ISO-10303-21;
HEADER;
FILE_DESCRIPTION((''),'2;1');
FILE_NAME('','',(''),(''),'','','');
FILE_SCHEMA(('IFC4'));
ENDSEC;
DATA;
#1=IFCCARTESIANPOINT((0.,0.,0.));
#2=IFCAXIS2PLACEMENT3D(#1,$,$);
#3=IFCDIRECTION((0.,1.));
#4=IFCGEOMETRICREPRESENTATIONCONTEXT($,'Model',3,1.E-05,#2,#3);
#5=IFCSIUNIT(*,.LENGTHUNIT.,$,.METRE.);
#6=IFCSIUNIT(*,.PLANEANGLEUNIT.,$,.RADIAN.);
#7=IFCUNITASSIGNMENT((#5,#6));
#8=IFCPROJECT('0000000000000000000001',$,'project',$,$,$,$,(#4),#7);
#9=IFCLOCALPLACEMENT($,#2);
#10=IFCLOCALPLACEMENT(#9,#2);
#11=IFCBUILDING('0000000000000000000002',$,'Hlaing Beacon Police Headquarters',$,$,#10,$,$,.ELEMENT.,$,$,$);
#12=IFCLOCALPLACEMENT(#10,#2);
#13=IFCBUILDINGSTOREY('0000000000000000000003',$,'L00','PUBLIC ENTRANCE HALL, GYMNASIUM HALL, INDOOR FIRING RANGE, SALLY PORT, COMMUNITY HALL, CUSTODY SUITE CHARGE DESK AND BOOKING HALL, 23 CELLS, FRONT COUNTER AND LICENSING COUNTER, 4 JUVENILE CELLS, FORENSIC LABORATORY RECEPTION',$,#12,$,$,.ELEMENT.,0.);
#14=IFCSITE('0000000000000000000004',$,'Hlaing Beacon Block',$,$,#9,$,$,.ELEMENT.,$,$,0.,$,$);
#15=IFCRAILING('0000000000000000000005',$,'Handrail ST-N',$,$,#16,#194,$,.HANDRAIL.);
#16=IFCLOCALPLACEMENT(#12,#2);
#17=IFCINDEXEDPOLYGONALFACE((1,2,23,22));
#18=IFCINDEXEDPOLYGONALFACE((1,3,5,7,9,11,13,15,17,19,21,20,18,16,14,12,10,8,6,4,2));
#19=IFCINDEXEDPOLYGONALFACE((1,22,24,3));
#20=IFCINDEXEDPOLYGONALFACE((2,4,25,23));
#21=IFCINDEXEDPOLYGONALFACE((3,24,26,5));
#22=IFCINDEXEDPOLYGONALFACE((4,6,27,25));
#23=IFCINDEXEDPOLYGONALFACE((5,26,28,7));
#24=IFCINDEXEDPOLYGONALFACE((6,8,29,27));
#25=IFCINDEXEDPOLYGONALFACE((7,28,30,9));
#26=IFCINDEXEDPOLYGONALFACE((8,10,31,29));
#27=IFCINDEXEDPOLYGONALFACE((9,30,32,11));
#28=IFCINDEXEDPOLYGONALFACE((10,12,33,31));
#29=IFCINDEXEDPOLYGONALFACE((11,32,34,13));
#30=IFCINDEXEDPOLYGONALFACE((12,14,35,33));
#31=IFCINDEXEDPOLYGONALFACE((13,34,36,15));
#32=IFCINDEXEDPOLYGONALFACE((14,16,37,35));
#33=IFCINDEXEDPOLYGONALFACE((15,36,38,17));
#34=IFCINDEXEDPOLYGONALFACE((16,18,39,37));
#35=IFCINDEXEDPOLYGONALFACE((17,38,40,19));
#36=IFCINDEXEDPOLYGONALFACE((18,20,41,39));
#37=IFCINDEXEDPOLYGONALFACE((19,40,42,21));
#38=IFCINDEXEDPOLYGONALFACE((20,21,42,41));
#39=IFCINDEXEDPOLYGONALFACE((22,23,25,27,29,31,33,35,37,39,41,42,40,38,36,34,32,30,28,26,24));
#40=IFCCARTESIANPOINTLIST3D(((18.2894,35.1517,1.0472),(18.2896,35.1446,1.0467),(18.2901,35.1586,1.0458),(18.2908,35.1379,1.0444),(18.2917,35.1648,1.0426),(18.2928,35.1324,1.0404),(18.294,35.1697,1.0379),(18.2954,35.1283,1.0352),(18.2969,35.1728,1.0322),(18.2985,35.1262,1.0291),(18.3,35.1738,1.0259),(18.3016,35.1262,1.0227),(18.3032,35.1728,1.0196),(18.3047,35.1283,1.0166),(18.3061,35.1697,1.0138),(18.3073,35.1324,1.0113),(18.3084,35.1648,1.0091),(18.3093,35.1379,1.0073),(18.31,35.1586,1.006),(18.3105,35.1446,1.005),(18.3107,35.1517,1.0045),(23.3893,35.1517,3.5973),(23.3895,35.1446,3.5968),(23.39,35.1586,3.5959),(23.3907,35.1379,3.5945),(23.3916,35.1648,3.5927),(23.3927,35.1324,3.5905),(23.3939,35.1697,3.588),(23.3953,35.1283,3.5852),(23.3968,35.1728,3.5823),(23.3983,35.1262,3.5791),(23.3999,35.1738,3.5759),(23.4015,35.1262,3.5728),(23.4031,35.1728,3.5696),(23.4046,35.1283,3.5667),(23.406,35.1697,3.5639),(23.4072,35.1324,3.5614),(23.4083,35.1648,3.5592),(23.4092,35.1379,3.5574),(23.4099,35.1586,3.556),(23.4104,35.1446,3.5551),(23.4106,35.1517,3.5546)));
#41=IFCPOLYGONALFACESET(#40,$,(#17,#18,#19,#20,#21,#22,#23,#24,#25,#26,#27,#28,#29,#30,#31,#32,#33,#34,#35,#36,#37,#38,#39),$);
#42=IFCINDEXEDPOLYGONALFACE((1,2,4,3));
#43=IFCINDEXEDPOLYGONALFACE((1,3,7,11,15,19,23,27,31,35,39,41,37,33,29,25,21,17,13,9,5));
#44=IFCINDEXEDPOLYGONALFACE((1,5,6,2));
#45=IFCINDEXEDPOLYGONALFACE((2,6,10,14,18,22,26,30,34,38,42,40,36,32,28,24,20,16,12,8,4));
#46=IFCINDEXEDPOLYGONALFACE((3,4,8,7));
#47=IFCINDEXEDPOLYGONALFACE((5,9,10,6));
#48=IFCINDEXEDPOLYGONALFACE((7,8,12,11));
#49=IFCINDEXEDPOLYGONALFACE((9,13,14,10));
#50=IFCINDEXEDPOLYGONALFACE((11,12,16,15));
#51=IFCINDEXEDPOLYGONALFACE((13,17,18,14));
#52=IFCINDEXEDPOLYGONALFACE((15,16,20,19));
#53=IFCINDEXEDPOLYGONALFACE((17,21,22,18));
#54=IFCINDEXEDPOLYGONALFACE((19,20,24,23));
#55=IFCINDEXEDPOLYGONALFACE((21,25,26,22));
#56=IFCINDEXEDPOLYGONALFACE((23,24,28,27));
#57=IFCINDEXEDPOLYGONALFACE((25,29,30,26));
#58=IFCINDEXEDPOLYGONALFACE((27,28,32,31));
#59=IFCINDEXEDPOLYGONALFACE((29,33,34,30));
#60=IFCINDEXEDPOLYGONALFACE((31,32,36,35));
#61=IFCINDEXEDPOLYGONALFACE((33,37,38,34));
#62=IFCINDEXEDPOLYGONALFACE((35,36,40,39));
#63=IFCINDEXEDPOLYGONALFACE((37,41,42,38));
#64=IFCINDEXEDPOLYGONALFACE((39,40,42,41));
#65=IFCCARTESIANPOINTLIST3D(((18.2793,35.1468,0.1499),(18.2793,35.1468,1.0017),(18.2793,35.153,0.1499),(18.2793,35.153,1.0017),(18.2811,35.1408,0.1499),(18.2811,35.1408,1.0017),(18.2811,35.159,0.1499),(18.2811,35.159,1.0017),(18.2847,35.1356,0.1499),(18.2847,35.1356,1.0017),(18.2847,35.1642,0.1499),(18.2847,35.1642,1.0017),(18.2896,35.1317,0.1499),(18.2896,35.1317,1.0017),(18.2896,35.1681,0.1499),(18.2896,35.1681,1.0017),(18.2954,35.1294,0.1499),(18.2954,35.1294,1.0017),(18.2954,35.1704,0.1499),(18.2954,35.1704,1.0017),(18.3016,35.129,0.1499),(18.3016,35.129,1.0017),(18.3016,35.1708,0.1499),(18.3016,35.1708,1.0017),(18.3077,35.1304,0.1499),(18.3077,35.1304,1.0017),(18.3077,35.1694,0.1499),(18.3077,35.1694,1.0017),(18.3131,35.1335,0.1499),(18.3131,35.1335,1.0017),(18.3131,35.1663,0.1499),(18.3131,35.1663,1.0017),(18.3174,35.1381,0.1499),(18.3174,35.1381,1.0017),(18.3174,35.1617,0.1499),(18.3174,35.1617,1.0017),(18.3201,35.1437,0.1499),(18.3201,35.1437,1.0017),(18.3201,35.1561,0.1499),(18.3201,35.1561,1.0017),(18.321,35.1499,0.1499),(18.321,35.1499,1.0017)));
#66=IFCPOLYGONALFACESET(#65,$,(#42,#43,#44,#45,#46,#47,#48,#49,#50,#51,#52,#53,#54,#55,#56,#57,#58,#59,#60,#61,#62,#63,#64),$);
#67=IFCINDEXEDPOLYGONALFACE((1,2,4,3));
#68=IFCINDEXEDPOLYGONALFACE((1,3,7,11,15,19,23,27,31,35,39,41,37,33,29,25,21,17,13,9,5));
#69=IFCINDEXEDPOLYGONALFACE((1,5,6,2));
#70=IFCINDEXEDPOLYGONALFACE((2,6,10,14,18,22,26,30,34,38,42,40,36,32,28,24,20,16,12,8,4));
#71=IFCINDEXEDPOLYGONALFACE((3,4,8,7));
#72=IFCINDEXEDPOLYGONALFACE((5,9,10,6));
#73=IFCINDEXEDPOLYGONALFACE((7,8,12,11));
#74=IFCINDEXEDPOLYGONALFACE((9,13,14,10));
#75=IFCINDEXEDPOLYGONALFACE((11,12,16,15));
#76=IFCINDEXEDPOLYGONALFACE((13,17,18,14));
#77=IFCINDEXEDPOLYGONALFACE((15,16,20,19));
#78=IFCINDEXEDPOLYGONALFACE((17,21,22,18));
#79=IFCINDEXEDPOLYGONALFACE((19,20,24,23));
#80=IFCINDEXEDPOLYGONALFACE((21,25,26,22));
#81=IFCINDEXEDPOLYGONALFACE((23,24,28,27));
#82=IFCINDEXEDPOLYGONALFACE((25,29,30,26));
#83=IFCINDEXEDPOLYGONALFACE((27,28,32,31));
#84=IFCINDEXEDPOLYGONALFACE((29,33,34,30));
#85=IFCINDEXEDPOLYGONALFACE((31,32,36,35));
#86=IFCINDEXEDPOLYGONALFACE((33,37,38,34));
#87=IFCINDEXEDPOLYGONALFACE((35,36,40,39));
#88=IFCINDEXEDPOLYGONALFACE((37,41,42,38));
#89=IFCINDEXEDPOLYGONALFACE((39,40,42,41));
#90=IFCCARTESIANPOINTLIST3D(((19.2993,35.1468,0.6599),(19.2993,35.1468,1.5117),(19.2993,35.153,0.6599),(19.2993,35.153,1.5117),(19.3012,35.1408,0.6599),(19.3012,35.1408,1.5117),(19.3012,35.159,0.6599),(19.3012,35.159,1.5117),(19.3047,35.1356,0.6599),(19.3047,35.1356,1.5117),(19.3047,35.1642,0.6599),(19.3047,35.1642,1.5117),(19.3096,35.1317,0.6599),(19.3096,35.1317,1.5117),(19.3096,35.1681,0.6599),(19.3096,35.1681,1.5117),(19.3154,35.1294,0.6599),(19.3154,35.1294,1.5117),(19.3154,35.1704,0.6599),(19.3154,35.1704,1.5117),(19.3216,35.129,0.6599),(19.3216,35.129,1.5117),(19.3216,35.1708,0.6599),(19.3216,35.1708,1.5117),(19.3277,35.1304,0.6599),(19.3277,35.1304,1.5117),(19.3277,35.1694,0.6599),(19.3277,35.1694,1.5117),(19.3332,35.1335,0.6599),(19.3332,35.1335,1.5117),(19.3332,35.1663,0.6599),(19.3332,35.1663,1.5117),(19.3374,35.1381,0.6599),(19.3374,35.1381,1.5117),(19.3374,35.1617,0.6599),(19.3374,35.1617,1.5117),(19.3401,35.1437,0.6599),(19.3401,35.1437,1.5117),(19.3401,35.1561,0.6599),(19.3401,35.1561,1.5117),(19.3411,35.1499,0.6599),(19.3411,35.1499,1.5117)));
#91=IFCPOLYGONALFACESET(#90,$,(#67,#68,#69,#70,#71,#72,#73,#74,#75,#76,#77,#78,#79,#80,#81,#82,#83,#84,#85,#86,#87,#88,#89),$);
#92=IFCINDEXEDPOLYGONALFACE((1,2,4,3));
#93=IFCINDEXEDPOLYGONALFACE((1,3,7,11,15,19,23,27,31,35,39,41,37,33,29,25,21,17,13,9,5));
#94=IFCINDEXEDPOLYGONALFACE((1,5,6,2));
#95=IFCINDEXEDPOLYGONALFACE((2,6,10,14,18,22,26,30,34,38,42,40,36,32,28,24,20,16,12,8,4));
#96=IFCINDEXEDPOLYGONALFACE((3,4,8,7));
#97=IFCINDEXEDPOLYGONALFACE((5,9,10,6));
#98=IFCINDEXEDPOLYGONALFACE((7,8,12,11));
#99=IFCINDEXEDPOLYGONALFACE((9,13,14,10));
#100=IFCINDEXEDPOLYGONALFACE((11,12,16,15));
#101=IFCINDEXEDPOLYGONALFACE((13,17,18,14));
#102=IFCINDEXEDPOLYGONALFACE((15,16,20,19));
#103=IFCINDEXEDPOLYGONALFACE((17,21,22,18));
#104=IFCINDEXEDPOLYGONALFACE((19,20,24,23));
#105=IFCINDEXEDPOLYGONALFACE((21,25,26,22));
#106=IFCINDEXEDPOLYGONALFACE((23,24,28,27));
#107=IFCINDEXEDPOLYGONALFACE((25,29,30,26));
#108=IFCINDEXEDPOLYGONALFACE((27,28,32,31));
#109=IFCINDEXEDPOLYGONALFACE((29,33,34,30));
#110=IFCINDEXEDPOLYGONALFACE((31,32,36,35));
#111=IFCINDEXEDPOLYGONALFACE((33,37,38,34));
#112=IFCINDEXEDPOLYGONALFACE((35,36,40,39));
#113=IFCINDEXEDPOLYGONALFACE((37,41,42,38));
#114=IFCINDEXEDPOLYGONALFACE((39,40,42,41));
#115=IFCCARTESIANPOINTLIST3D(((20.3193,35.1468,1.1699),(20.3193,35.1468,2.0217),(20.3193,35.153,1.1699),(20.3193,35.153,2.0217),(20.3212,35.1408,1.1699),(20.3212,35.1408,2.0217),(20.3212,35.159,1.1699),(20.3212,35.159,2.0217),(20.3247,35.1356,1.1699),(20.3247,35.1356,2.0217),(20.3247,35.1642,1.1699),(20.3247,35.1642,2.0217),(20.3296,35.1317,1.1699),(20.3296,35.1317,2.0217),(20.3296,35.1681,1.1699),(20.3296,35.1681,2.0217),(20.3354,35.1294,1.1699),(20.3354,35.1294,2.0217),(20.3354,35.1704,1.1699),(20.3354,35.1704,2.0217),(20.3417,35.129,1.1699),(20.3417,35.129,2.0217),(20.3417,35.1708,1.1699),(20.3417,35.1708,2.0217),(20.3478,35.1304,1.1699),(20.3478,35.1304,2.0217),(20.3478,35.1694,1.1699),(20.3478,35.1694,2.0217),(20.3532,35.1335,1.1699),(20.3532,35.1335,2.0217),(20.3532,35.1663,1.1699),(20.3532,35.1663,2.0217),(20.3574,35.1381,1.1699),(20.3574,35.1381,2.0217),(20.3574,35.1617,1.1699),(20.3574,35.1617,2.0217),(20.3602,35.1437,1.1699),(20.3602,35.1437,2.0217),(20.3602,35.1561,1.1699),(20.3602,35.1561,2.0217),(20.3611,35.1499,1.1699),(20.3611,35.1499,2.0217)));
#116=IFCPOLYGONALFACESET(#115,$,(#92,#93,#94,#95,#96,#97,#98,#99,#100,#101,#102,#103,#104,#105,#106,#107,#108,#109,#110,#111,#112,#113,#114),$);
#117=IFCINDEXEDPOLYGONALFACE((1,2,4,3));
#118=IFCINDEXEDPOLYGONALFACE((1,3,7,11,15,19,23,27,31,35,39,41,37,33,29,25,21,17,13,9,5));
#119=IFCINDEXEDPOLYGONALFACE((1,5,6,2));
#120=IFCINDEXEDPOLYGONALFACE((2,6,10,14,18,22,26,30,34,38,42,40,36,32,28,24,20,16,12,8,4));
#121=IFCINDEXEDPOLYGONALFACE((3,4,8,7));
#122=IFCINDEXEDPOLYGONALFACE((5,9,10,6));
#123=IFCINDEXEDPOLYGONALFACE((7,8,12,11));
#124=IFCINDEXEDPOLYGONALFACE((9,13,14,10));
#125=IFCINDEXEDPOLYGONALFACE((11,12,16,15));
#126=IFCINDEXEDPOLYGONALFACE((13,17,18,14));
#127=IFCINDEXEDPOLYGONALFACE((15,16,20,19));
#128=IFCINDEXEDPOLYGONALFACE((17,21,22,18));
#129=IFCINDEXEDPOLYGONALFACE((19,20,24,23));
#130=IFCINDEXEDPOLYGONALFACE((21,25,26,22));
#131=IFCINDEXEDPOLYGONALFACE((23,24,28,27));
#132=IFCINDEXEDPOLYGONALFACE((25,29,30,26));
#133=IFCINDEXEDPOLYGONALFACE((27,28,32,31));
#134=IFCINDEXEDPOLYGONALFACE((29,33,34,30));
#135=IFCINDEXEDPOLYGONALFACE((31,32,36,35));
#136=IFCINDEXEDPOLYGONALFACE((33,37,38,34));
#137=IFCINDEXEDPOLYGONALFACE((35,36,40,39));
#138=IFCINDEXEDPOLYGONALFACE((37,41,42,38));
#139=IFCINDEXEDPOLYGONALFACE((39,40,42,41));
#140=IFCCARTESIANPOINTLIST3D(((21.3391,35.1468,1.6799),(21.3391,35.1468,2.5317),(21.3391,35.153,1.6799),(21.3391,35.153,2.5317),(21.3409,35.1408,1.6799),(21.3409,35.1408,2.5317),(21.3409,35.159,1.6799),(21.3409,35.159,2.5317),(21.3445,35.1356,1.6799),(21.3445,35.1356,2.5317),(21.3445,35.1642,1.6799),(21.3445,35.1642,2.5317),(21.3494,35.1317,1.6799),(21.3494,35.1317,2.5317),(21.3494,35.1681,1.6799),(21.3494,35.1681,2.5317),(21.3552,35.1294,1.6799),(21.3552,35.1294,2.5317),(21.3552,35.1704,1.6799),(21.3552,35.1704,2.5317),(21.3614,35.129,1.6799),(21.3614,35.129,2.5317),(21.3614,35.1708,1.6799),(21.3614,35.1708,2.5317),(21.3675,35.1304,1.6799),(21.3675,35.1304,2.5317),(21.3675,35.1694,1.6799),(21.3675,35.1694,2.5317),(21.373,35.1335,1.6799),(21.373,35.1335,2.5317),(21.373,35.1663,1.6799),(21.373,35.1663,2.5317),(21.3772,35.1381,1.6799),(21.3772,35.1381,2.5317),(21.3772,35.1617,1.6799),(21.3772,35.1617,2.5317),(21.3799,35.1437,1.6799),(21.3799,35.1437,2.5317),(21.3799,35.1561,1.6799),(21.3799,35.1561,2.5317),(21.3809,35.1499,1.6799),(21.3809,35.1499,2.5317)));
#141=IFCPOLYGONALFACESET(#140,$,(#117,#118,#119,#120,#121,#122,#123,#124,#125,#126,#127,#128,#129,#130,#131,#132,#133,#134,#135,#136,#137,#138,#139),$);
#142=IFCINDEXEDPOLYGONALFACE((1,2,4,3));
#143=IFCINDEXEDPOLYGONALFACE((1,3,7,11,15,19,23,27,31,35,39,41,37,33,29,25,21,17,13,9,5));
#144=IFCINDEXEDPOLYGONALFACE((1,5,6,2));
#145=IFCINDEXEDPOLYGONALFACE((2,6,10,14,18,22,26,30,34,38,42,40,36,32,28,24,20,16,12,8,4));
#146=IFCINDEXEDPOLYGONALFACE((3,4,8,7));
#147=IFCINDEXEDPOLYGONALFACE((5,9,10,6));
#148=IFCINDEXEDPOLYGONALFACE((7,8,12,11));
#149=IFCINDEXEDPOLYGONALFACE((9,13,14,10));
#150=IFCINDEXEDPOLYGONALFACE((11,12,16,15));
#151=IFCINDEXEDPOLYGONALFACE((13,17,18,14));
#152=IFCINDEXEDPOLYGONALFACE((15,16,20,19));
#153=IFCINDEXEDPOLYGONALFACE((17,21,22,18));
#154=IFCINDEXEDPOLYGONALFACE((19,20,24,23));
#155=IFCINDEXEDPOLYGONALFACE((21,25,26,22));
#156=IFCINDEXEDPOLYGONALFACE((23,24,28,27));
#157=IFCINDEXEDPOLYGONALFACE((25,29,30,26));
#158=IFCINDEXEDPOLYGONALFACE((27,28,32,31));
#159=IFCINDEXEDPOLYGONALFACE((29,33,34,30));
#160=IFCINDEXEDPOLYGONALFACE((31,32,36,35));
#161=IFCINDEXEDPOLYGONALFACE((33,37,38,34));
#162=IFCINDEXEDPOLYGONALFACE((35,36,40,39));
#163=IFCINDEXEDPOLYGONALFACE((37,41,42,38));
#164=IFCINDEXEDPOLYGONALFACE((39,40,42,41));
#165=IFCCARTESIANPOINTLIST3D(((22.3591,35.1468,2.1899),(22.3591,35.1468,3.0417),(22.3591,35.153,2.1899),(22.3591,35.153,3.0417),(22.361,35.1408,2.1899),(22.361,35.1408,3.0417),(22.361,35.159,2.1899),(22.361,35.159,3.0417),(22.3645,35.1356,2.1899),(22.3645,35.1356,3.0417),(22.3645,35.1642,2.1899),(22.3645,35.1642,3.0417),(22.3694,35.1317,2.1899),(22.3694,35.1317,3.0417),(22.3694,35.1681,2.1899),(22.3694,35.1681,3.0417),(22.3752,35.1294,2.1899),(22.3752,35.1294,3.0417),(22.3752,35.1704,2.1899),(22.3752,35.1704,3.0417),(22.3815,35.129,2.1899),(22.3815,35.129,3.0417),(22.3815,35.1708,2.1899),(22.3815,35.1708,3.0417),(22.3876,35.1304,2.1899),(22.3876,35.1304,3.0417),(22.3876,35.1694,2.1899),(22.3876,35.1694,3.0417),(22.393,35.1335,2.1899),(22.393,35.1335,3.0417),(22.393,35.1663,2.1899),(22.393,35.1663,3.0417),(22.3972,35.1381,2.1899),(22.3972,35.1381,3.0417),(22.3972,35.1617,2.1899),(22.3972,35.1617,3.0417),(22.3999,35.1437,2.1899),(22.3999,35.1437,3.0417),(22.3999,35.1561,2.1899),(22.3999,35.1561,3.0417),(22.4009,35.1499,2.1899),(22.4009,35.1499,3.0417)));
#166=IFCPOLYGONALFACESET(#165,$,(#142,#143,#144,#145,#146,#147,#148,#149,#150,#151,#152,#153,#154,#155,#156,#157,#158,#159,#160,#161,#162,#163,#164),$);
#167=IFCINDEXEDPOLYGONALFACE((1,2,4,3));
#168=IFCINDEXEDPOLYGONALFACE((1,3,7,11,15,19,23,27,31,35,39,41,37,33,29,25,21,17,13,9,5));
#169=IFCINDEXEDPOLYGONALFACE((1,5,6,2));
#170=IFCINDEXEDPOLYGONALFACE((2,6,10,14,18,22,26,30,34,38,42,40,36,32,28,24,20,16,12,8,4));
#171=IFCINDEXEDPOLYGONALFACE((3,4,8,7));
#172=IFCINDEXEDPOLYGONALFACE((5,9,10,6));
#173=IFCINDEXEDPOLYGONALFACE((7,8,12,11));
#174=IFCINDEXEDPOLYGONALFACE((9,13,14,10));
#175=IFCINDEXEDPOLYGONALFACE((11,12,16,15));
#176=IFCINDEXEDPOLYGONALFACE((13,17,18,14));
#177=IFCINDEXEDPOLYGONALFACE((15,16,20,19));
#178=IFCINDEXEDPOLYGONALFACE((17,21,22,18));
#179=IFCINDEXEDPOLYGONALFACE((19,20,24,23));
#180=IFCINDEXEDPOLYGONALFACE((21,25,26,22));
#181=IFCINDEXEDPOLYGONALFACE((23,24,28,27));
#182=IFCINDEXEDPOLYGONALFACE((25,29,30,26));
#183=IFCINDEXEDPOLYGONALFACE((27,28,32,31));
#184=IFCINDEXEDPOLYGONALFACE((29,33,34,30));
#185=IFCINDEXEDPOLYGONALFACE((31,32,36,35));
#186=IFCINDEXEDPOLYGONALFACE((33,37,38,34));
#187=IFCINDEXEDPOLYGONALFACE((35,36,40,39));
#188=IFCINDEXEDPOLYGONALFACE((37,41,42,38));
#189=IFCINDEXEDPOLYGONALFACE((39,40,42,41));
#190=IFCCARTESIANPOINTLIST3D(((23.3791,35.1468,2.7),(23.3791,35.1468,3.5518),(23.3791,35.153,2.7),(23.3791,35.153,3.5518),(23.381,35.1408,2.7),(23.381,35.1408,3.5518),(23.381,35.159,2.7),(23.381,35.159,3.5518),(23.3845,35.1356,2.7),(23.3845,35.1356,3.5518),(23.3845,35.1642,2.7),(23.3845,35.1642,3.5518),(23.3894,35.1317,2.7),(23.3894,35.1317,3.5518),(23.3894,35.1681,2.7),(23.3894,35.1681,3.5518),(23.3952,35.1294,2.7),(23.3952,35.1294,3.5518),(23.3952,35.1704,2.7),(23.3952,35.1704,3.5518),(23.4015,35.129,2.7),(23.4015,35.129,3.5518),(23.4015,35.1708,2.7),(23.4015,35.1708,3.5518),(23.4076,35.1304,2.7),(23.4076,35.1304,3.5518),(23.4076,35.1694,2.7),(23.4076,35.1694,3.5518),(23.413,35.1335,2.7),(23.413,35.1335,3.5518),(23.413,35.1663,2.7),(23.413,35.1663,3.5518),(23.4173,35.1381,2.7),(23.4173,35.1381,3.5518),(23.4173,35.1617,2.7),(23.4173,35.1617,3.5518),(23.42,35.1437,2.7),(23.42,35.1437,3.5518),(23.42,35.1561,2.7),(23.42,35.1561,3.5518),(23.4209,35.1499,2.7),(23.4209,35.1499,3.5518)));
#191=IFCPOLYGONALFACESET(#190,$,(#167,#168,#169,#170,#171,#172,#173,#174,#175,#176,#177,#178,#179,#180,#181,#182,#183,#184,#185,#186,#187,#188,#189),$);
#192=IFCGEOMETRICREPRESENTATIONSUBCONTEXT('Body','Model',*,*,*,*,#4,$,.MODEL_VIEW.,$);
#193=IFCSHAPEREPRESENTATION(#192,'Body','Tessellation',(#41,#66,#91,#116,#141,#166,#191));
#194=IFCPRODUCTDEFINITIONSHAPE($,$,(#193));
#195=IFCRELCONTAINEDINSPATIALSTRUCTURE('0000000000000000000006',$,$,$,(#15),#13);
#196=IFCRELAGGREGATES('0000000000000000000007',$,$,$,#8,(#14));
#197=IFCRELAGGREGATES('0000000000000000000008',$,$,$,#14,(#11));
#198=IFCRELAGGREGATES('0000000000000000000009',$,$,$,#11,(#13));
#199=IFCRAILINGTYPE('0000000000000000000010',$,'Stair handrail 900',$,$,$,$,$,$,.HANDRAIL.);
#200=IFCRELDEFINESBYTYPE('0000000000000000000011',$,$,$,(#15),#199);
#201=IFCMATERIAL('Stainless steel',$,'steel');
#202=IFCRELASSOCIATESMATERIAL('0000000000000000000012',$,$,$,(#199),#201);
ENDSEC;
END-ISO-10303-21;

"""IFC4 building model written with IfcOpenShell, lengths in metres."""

from ifc_helpers import new_model, si_unit, direction, frame, origin, origin_2d, place, context, subcontext, project, spatial, circle, extrude, material, type_object, element, save


model = new_model("IFC4")

# Units and contexts
model_context = context("Model", 3, precision=1e-05, world=origin(), true_north=direction((0.0, 1.0)))
body_context = subcontext(model_context, "Body", "Model", "MODEL_VIEW")
ifc_project = project(units=[si_unit("LENGTHUNIT", "METRE"), si_unit("PLANEANGLEUNIT", "RADIAN")], contexts=[model_context])

# Site, building, storey
site_placement = place(None, origin())
site = spatial("IfcSite", under=ifc_project, at=site_placement, Name="Hlaing Beacon Block", CompositionType="ELEMENT", RefElevation=0.0)
building_placement = place(site_placement, origin())
building = spatial("IfcBuilding", under=site, at=building_placement, Name="Hlaing Beacon Police Headquarters", CompositionType="ELEMENT")
storey_placement = place(building_placement, origin())
storey = spatial("IfcBuildingStorey", under=building, at=storey_placement, Name="L00", Description="PUBLIC ENTRANCE HALL, GYMNASIUM HALL, INDOOR FIRING RANGE, SALLY PORT, COMMUNITY HALL, CUSTODY SUITE CHARGE DESK AND BOOKING HALL, 23 CELLS, FRONT COUNTER AND LICENSING COUNTER, 4 JUVENILE CELLS, FORENSIC LABORATORY RECEPTION", CompositionType="ELEMENT", Elevation=0.0)

# Railing
ifc_material_1 = material(Name="Stainless steel", Category="steel")
railing_type_1 = type_object("IfcRailingType", Name="Stair handrail 900", PredefinedType="HANDRAIL", material=ifc_material_1)
for number, where, name in (
    (1, (18.3, 35.1499, 0.1499), "Handrail ST-N"),
):
    element("IfcRailing", number, at=place(storey_placement, frame(where)), inside=storey, type_object=railing_type_1, Name=name, PredefinedType="HANDRAIL", context=body_context, shape_type="SweptSolid", body=[
        extrude(circle(Radius=0.0239, at=origin_2d()), frame((0.0, 0.0, 0.876), z_axis=(0.894419, 0.0, 0.447231), x_axis=(0.0, 1.0, 0.0)), (0.0, 0.0, 1.0), 5.7019),
        extrude(circle(Radius=0.021, at=origin_2d()), origin(), (0.0, 0.0, 1.0), 0.8518),
        extrude(circle(Radius=0.021, at=origin_2d()), frame((1.02, 0.0, 0.51)), (0.0, 0.0, 1.0), 0.8518),
        extrude(circle(Radius=0.021, at=origin_2d()), frame((2.04, 0.0, 1.02)), (0.0, 0.0, 1.0), 0.8518),
        extrude(circle(Radius=0.021, at=origin_2d()), frame((3.0598, 0.0, 1.53)), (0.0, 0.0, 1.0), 0.8518),
        extrude(circle(Radius=0.021, at=origin_2d()), frame((4.0798, 0.0, 2.04)), (0.0, 0.0, 1.0), 0.8518),
        extrude(circle(Radius=0.021, at=origin_2d()), frame((5.0999, 0.0, 2.55)), (0.0, 0.0, 1.0), 0.8518),
    ])

save(model, "model.ifc")
